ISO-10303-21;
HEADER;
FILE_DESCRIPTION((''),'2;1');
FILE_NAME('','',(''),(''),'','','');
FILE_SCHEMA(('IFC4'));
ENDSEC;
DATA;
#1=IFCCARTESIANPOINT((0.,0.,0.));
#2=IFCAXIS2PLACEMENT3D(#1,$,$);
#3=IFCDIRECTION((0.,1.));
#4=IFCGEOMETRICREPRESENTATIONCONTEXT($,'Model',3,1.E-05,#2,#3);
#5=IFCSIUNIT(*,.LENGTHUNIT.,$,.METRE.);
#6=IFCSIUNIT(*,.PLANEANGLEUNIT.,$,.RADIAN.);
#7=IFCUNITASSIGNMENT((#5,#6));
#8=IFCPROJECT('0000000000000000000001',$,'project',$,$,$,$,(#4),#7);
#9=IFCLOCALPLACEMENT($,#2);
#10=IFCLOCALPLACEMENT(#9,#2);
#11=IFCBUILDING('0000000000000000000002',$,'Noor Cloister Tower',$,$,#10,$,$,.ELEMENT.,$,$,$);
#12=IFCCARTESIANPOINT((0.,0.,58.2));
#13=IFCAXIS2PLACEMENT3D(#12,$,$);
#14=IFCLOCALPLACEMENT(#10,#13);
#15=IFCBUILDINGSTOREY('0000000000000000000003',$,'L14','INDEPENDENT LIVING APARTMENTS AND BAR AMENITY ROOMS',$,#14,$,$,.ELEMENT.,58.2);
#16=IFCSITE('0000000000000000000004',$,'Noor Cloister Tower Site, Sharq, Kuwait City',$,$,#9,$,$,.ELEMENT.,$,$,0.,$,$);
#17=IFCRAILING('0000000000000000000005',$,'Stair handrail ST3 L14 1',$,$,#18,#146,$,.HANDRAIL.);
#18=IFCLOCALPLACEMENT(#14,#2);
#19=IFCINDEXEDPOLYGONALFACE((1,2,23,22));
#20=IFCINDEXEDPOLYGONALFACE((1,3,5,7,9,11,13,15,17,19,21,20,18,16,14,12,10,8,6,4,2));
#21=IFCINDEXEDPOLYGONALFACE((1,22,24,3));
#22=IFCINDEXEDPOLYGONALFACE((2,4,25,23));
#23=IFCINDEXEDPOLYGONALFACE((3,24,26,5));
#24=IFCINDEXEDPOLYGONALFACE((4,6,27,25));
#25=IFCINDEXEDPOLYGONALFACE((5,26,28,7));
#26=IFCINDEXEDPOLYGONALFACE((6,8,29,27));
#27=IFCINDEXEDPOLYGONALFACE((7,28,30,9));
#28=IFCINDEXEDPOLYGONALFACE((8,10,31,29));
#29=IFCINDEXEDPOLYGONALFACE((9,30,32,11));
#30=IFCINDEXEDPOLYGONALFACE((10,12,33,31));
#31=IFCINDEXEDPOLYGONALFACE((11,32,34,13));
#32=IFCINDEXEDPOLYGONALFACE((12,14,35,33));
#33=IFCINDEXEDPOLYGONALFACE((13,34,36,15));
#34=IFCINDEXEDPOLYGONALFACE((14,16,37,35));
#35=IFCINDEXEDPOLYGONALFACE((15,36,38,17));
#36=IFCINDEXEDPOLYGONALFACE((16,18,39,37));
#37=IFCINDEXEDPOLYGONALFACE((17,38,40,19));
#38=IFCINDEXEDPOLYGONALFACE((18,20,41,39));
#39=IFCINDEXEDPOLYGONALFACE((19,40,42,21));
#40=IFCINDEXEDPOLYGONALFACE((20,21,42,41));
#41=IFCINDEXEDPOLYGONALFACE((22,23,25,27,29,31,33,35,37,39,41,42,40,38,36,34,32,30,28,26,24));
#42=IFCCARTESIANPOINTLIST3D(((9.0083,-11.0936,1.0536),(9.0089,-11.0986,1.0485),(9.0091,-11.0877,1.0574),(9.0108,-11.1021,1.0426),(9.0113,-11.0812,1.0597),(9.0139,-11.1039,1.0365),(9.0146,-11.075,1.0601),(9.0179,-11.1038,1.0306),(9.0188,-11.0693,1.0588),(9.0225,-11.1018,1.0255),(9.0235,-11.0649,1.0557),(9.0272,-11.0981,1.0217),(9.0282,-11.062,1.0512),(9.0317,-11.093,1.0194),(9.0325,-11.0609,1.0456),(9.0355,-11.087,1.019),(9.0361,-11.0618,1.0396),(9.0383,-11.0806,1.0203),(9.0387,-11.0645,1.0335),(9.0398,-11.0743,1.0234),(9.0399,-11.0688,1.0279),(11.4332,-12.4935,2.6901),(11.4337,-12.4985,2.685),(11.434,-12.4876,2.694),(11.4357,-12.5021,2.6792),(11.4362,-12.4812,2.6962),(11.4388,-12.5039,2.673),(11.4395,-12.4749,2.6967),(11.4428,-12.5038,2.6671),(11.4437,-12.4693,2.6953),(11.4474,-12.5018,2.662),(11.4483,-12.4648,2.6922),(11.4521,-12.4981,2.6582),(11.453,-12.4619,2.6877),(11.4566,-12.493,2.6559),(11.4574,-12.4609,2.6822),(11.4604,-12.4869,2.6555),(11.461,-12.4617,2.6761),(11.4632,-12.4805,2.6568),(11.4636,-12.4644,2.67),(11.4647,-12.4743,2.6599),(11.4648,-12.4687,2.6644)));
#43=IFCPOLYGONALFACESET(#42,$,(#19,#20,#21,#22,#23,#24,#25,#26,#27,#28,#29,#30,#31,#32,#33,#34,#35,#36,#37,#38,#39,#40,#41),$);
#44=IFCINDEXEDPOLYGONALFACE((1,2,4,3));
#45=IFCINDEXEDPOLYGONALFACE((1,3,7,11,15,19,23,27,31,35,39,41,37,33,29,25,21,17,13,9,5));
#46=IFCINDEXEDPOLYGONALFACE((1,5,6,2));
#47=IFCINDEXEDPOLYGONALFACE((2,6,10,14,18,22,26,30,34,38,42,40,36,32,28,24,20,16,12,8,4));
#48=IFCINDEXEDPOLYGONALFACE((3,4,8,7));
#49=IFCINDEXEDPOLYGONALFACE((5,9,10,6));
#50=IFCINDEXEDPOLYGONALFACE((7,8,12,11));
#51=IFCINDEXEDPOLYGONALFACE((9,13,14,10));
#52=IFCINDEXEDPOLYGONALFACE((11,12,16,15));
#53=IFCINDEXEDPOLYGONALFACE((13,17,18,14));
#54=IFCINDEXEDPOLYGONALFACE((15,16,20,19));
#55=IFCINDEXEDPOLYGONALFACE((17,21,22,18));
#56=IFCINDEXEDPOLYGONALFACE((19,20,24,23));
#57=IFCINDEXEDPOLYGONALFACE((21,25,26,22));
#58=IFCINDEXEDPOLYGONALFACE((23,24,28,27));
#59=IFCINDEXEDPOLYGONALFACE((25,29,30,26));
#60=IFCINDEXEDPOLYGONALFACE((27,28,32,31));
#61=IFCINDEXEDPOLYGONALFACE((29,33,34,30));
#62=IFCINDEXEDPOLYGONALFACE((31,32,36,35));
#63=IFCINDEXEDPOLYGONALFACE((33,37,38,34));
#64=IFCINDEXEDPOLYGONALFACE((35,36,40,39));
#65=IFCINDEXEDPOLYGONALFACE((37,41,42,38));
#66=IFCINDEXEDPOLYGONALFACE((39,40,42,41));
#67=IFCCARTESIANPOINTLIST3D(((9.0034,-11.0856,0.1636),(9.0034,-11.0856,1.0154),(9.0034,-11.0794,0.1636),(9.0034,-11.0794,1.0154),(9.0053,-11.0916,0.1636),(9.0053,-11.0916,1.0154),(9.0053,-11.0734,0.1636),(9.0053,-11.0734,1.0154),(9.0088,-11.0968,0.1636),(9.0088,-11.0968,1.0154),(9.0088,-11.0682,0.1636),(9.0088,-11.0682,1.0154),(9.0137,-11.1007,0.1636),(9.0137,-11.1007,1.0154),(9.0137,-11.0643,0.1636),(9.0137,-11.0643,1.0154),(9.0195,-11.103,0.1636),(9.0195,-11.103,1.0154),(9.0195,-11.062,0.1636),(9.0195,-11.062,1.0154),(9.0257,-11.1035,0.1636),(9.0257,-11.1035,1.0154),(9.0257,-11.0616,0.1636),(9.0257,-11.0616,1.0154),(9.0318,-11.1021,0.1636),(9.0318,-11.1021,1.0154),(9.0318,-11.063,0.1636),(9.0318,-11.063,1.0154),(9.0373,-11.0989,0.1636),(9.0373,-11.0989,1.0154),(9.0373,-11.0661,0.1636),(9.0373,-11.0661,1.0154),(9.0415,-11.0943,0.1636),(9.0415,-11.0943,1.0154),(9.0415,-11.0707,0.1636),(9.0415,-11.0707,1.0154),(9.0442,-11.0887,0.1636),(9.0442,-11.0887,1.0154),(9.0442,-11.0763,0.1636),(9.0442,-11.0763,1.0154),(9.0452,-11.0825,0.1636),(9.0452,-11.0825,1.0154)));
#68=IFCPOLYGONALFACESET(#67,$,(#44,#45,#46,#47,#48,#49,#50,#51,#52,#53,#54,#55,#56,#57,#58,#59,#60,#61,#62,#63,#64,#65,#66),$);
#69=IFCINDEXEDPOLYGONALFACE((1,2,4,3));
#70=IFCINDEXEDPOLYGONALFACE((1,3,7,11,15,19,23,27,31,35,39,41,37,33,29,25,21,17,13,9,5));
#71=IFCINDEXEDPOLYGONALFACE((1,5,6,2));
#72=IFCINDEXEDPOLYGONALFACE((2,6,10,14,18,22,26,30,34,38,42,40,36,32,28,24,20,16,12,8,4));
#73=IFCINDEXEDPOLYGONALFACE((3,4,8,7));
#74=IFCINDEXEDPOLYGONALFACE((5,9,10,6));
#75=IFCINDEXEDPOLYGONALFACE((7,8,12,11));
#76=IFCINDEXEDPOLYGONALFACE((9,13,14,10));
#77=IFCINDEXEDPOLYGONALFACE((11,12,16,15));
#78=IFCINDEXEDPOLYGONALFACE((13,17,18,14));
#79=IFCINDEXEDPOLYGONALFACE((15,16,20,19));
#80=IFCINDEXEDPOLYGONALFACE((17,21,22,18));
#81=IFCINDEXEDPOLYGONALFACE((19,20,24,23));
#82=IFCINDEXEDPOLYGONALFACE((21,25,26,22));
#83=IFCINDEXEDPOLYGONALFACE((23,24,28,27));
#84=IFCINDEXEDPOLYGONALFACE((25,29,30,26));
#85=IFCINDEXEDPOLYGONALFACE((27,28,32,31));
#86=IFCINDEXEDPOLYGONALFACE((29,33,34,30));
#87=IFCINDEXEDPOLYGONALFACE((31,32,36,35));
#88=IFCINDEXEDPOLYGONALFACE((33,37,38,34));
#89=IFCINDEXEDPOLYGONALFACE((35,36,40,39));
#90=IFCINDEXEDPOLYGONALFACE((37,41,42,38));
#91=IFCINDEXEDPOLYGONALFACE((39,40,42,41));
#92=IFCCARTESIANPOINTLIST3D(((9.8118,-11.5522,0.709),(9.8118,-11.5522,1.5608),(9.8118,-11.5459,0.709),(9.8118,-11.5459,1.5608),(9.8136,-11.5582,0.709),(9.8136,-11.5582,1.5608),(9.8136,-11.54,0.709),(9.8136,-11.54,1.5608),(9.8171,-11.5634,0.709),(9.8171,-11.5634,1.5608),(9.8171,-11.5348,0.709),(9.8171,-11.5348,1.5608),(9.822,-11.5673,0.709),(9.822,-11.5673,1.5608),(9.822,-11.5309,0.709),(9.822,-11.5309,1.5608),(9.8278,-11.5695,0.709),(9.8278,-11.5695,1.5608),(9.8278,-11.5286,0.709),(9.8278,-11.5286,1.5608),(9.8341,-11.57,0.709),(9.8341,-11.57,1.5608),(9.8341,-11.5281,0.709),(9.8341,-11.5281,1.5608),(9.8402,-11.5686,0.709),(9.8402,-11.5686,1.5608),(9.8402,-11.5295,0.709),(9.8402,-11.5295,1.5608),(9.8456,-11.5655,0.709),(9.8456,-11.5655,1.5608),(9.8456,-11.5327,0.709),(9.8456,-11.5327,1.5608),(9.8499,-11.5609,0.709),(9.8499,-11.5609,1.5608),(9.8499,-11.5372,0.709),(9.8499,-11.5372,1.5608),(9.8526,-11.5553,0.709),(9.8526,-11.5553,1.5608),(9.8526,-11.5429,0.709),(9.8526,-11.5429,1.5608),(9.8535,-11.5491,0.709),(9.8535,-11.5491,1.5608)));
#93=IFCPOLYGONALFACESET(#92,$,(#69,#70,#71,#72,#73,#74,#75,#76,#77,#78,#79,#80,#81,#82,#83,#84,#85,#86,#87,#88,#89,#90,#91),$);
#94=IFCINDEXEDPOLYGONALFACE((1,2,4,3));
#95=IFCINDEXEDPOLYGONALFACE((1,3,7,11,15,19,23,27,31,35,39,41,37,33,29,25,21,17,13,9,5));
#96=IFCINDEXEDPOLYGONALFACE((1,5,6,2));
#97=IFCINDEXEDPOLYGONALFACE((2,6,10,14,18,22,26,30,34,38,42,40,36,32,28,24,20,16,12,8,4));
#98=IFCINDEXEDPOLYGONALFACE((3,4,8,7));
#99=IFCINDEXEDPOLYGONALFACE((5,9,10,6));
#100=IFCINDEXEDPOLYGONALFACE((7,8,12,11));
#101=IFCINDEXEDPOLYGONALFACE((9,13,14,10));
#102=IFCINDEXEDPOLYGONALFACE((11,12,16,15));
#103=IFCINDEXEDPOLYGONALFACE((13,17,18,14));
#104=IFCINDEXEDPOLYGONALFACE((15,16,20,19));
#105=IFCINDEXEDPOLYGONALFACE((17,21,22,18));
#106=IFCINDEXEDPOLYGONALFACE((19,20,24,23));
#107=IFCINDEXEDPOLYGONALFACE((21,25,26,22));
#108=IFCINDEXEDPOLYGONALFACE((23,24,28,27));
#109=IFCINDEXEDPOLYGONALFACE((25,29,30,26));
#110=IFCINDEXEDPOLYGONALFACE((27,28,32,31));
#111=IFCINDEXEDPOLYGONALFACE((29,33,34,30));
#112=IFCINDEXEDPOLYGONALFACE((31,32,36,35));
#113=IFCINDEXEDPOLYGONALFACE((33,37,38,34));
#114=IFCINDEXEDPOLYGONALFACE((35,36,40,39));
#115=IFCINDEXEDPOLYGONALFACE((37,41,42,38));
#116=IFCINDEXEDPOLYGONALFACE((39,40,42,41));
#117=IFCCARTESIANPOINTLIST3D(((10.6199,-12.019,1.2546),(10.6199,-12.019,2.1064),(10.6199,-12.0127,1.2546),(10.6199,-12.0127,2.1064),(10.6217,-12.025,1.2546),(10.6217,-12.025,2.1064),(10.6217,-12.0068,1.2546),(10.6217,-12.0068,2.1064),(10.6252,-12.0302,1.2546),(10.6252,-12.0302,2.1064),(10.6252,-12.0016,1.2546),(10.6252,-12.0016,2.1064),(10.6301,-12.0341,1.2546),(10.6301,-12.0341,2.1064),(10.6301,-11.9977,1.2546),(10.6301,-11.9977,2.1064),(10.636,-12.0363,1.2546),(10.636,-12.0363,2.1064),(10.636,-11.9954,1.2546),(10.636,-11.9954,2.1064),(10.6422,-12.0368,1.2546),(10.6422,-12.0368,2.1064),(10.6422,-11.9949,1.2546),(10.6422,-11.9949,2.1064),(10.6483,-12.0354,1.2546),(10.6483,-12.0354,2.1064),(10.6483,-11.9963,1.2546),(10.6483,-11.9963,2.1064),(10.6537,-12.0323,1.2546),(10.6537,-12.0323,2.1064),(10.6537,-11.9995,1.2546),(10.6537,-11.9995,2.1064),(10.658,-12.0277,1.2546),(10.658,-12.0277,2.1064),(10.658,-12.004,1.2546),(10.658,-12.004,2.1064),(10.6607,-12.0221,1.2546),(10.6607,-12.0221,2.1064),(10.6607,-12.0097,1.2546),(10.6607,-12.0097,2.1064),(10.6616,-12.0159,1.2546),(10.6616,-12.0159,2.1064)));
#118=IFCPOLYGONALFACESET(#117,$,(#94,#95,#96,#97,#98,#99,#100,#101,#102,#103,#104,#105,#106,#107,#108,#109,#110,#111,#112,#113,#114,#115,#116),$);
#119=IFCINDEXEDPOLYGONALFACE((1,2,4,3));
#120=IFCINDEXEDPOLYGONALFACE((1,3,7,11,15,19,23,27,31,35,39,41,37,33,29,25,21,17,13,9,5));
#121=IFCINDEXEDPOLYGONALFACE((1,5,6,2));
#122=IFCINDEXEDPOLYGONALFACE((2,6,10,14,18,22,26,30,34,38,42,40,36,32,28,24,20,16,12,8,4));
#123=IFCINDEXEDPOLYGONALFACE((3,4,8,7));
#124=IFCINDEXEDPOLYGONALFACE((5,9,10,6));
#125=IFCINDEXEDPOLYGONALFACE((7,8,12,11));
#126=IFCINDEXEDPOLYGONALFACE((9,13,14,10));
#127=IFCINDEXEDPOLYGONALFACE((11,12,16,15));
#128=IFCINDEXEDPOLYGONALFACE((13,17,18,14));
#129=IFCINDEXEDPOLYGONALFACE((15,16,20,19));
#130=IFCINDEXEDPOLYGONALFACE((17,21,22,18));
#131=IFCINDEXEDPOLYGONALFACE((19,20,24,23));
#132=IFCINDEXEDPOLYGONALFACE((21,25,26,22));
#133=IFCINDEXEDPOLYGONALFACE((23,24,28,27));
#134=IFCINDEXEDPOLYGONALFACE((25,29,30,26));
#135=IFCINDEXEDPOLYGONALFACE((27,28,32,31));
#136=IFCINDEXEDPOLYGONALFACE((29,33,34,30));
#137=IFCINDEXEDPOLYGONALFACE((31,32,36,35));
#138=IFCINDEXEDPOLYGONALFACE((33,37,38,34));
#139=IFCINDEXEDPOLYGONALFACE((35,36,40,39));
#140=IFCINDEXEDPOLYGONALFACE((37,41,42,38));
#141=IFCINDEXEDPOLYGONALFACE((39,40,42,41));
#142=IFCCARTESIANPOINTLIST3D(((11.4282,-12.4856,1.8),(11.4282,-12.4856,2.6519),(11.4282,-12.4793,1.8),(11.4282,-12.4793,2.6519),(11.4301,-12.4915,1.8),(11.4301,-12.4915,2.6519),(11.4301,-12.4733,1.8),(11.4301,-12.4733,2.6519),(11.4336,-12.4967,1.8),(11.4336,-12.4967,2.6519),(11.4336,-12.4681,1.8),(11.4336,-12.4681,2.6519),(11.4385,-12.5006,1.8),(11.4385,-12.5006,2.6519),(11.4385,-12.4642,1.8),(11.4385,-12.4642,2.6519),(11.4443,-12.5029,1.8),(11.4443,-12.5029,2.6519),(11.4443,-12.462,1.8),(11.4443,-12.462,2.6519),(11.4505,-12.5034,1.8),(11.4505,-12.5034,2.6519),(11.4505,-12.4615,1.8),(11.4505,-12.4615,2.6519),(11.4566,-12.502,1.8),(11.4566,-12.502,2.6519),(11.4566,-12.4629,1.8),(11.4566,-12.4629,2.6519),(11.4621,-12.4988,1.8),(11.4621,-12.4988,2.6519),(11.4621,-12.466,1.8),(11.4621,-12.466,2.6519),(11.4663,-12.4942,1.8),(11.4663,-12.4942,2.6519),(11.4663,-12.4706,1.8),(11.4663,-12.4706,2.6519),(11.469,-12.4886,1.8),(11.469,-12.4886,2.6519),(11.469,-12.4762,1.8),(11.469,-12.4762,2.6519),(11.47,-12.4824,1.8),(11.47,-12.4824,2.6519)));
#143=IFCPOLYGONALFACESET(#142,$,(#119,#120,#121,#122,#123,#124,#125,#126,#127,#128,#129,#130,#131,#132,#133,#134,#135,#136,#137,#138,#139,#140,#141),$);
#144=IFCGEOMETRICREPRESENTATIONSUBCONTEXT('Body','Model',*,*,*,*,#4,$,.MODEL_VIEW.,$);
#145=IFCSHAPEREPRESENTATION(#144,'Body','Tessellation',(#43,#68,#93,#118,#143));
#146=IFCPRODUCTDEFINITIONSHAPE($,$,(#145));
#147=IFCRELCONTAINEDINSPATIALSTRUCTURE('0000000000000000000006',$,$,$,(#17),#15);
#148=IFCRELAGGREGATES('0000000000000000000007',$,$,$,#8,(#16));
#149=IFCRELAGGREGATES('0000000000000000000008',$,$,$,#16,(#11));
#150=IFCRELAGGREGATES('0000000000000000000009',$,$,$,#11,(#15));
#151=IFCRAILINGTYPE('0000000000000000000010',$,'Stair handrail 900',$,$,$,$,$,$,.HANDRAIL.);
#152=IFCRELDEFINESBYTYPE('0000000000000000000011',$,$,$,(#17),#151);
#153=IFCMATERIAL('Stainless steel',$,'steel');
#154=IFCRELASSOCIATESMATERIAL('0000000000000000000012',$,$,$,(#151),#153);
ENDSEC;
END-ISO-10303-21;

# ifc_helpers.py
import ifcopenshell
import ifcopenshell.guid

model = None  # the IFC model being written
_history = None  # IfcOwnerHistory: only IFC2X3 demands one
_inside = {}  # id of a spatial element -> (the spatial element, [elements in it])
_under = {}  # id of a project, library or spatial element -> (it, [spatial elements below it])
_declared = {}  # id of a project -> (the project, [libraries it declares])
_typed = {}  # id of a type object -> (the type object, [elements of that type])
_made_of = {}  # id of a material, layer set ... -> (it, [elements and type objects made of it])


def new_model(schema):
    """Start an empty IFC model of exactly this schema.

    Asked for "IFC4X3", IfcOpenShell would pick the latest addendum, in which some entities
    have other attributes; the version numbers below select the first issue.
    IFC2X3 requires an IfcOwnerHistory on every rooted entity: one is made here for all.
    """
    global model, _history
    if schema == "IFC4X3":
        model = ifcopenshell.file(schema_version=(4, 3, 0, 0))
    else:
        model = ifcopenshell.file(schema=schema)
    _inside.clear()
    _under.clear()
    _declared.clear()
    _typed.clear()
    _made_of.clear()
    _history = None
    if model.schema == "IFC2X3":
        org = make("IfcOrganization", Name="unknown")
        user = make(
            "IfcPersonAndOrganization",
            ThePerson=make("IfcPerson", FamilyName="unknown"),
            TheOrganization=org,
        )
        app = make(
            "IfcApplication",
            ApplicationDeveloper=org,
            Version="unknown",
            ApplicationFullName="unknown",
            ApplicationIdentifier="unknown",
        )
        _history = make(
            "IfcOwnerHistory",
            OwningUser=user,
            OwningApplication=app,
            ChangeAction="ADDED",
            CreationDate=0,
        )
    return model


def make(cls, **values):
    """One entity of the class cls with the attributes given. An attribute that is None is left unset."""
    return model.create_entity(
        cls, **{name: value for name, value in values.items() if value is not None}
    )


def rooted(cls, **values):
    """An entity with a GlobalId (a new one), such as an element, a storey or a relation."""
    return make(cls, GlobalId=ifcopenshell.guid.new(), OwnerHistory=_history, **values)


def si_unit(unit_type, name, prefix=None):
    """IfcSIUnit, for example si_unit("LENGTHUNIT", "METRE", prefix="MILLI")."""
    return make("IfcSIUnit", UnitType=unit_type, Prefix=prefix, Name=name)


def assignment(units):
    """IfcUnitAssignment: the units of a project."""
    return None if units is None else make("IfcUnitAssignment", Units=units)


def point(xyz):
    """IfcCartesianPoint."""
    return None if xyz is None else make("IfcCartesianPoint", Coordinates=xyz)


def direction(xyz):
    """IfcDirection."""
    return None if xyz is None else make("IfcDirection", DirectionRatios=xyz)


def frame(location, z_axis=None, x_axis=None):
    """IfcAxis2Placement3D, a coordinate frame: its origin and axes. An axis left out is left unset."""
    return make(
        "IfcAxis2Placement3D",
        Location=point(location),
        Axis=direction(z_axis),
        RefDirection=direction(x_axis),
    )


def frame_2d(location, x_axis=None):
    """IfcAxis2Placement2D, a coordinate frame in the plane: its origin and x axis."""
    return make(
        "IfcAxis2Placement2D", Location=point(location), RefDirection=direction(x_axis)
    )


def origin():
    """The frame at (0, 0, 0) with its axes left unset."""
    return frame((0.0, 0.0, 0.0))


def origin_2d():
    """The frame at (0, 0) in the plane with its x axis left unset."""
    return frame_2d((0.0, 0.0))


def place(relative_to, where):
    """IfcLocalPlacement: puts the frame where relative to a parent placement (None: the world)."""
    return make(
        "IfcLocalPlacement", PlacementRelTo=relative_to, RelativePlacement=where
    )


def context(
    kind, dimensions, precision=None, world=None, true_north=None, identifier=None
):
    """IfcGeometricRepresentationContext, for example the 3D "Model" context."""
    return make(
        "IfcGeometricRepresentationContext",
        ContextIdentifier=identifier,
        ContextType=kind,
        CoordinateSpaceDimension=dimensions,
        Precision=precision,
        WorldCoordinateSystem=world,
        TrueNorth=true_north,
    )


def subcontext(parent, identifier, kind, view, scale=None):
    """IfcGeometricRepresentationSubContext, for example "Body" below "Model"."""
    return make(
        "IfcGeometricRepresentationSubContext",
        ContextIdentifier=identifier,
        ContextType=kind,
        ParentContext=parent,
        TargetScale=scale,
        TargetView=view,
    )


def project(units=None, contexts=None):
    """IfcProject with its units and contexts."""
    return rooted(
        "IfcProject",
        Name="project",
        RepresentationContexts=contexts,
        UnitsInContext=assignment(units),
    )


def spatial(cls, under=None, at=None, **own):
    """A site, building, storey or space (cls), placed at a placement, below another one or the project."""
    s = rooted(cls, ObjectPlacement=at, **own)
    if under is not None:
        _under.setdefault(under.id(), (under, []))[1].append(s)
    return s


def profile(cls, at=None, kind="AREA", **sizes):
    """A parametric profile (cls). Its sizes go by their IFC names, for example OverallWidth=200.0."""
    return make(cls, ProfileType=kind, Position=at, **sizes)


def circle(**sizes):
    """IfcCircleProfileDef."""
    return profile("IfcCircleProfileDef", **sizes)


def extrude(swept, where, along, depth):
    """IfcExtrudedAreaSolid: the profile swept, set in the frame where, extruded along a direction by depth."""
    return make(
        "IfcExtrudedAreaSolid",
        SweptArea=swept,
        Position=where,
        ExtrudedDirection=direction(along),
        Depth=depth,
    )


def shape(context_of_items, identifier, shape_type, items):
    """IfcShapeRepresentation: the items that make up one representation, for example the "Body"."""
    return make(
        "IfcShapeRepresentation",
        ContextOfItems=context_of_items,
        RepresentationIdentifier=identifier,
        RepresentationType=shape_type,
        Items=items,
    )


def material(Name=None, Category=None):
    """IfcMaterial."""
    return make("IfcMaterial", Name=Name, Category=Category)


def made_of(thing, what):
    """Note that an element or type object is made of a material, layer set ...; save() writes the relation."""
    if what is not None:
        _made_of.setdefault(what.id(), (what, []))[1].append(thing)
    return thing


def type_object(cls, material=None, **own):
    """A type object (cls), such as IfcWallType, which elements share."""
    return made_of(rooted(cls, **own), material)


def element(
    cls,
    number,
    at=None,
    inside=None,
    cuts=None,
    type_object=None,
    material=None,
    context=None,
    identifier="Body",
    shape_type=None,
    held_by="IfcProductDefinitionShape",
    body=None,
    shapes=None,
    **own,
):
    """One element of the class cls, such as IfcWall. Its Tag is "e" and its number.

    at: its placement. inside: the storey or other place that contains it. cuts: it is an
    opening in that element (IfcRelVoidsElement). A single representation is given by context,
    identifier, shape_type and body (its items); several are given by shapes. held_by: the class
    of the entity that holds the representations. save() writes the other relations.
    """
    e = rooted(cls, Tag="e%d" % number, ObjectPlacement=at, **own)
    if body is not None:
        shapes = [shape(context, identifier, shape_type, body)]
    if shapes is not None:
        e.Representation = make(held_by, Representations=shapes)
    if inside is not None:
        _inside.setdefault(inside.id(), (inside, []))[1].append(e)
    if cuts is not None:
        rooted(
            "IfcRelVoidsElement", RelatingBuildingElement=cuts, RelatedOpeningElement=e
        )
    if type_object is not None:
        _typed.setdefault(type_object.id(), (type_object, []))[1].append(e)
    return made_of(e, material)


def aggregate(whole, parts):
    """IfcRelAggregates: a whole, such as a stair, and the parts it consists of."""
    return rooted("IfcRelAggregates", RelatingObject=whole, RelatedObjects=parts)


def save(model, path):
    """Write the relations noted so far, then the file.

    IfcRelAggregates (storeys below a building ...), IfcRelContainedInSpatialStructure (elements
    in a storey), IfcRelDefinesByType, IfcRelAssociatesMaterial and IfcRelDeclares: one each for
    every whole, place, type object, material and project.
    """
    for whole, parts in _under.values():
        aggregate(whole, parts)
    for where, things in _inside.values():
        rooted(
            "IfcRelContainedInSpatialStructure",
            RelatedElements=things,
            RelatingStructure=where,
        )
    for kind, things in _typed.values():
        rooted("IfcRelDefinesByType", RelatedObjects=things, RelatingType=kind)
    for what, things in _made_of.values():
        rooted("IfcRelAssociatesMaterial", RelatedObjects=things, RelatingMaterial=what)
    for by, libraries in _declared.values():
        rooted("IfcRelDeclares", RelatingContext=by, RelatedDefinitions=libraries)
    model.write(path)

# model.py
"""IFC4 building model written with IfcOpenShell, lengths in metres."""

from ifc_helpers import new_model, si_unit, direction, frame, origin, origin_2d, place, context, subcontext, project, spatial, circle, extrude, material, type_object, element, save


model = new_model("IFC4")

# Units and contexts
model_context = context("Model", 3, precision=1e-05, world=origin(), true_north=direction((0.0, 1.0)))
body_context = subcontext(model_context, "Body", "Model", "MODEL_VIEW")
ifc_project = project(units=[si_unit("LENGTHUNIT", "METRE"), si_unit("PLANEANGLEUNIT", "RADIAN")], contexts=[model_context])

# Site, building, storey
site_placement = place(None, origin())
site = spatial("IfcSite", under=ifc_project, at=site_placement, Name="Noor Cloister Tower Site, Sharq, Kuwait City", CompositionType="ELEMENT", RefElevation=0.0)
building_placement = place(site_placement, origin())
building = spatial("IfcBuilding", under=site, at=building_placement, Name="Noor Cloister Tower", CompositionType="ELEMENT")
storey_placement = place(building_placement, frame((0.0, 0.0, 58.2)))
storey = spatial("IfcBuildingStorey", under=building, at=storey_placement, Name="L14", Description="INDEPENDENT LIVING APARTMENTS AND BAR AMENITY ROOMS", CompositionType="ELEMENT", Elevation=58.2)

# Railing
ifc_material_1 = material(Name="Stainless steel", Category="steel")
railing_type_1 = type_object("IfcRailingType", Name="Stair handrail 900", PredefinedType="HANDRAIL", material=ifc_material_1)
railing_1_placement = place(storey_placement, frame((9.0242, -11.0825, 0.1636)))
element("IfcRailing", 1, at=railing_1_placement, inside=storey, type_object=railing_type_1, Name="Stair handrail ST3 L14 1", PredefinedType="HANDRAIL", context=body_context, shape_type="SweptSolid", body=[
    extrude(circle(Radius=0.0239, at=origin_2d()), frame((0.0, 0.0, 0.876), z_axis=(0.74769, -0.431661, 0.504608), x_axis=(0.499984, 0.866035, 0.0)), (0.0, 0.0, 1.0), 3.2432),
    extrude(circle(Radius=0.021, at=origin_2d()), origin(), (0.0, 0.0, 1.0), 0.8518),
    extrude(circle(Radius=0.021, at=origin_2d()), frame((0.8083, -0.4666, 0.5454)), (0.0, 0.0, 1.0), 0.8518),
    extrude(circle(Radius=0.021, at=origin_2d()), frame((1.6165, -0.9333, 1.0911)), (0.0, 0.0, 1.0), 0.8518),
    extrude(circle(Radius=0.021, at=origin_2d()), frame((2.4248, -1.3999, 1.6365)), (0.0, 0.0, 1.0), 0.8518),
])

save(model, "model.ifc")
